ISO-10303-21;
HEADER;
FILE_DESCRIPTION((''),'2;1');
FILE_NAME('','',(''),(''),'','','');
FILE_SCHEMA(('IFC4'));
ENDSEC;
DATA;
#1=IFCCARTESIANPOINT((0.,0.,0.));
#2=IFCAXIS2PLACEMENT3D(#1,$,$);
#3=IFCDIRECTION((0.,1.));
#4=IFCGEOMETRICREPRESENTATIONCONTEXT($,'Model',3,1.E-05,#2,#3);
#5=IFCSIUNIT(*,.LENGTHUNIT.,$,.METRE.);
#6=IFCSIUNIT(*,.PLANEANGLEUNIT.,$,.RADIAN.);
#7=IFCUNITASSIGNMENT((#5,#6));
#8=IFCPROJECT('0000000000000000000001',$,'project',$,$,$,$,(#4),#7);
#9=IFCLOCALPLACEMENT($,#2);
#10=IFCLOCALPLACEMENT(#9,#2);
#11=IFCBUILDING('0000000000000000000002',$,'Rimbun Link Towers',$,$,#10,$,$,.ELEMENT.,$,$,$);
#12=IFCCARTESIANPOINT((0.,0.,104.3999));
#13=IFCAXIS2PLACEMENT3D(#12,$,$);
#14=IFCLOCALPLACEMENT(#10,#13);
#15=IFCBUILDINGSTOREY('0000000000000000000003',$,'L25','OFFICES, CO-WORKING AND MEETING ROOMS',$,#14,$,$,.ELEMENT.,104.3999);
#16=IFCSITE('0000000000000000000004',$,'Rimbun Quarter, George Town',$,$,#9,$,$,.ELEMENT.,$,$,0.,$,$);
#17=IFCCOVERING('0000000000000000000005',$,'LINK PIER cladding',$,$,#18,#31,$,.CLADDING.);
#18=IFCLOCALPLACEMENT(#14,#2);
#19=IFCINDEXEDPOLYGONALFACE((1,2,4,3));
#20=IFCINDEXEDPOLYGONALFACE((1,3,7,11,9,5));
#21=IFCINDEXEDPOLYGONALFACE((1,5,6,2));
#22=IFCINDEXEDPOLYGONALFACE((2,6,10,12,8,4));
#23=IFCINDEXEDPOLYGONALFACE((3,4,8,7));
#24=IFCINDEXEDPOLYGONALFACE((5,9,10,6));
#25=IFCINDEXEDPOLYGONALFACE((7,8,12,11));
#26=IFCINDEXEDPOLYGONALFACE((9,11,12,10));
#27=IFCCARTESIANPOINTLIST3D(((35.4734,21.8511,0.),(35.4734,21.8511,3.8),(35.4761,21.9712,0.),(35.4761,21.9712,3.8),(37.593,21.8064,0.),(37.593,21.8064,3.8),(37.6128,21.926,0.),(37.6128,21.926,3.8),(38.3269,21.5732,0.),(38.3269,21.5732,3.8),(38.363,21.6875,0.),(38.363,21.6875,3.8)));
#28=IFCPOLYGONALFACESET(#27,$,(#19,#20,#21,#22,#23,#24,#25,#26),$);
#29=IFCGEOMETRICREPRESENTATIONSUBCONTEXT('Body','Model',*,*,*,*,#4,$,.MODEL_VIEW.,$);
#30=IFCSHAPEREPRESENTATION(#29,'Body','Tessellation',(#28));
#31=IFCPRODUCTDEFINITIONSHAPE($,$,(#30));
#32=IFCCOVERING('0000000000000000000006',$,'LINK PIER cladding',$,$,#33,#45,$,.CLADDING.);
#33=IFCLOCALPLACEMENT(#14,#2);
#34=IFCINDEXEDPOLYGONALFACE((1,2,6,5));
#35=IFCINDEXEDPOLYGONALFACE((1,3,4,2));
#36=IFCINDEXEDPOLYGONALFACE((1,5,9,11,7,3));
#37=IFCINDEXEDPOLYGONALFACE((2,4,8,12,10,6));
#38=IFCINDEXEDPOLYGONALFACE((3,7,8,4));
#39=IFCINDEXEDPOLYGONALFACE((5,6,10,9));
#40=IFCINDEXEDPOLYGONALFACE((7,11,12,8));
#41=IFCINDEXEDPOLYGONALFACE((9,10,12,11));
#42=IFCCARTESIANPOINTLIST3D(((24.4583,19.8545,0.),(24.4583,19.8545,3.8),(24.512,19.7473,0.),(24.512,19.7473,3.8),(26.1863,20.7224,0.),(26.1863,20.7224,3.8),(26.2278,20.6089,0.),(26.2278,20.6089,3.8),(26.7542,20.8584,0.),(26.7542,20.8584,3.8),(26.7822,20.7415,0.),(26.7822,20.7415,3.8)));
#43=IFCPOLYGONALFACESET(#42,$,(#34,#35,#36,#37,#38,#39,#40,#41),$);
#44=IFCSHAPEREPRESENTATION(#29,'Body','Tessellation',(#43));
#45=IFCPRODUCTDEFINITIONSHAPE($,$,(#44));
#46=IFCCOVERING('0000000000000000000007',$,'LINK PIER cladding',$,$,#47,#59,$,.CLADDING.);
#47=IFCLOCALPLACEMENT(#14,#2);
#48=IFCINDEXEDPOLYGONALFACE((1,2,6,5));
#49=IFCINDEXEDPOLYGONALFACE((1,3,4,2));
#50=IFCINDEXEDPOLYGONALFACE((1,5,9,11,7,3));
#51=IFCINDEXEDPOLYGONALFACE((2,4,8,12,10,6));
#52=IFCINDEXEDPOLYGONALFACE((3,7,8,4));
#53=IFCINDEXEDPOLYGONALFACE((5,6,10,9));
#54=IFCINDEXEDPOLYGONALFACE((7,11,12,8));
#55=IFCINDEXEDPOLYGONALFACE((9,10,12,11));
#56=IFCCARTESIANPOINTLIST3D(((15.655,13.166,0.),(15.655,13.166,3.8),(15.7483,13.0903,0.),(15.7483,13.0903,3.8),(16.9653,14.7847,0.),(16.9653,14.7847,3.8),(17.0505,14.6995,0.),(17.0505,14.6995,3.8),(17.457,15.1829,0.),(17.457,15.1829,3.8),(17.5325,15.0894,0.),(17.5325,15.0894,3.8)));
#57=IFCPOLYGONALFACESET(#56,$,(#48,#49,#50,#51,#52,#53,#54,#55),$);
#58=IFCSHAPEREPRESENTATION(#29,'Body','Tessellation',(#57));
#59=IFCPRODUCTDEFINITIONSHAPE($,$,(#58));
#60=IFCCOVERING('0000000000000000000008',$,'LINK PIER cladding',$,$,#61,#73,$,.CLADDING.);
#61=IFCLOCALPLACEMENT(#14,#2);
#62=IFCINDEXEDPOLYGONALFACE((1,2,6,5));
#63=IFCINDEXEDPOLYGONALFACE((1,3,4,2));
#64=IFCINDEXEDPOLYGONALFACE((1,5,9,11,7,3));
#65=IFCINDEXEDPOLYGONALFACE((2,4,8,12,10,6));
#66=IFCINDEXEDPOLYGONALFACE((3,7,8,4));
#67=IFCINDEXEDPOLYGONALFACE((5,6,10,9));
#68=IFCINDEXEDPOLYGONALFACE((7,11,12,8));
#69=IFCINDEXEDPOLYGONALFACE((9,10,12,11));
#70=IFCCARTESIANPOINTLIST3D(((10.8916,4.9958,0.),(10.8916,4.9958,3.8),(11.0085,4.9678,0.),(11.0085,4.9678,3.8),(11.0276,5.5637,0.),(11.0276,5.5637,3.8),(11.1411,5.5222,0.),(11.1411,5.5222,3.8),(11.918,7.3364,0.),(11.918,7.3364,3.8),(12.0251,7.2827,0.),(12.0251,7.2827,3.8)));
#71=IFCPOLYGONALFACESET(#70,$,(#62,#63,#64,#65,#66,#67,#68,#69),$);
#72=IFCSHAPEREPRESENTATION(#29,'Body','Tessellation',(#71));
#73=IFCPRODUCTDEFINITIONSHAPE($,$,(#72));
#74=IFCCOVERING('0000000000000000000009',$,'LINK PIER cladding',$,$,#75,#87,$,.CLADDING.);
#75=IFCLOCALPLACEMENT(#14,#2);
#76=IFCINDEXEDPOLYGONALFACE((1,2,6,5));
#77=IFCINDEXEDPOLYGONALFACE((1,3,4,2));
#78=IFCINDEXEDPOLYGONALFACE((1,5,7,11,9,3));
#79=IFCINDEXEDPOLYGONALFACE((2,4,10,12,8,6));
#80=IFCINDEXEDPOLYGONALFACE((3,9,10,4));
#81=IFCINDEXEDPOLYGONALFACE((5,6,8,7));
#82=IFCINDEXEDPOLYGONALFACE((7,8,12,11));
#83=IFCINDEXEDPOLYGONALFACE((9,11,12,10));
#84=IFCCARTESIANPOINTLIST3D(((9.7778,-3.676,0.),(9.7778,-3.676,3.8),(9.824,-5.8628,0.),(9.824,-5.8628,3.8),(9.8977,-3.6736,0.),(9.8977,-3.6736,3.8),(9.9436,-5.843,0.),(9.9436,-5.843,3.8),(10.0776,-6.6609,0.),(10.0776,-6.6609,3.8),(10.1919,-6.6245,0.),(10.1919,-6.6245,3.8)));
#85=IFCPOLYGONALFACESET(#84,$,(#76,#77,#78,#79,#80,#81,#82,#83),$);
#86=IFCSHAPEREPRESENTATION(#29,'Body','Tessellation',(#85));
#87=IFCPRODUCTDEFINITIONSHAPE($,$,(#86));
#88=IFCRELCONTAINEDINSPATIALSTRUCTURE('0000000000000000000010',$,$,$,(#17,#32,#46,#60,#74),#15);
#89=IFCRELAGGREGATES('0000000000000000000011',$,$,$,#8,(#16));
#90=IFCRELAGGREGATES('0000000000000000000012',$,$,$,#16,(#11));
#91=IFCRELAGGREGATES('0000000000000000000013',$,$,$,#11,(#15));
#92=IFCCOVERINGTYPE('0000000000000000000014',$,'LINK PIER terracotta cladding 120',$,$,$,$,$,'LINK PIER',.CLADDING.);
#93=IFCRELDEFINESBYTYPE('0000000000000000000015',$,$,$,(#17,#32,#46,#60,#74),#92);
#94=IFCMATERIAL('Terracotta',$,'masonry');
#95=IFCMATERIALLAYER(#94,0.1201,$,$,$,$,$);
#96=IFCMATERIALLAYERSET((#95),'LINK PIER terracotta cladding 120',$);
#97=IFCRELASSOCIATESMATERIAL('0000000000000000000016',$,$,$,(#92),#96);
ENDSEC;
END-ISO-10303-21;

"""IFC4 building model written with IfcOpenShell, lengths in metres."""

from ifc_helpers import new_model, si_unit, direction, frame, origin, place, context, subcontext, project, spatial, polyline, outline, extrude, material, layer, layer_set, type_object, element, save


model = new_model("IFC4")

# Units and contexts
model_context = context("Model", 3, precision=1e-05, world=origin(), true_north=direction((0.0, 1.0)))
body_context = subcontext(model_context, "Body", "Model", "MODEL_VIEW")
ifc_project = project(units=[si_unit("LENGTHUNIT", "METRE"), si_unit("PLANEANGLEUNIT", "RADIAN")], contexts=[model_context])

# Site, building, storey
site_placement = place(None, origin())
site = spatial("IfcSite", under=ifc_project, at=site_placement, Name="Rimbun Quarter, George Town", CompositionType="ELEMENT", RefElevation=0.0)
building_placement = place(site_placement, origin())
building = spatial("IfcBuilding", under=site, at=building_placement, Name="Rimbun Link Towers", CompositionType="ELEMENT")
storey_placement = place(building_placement, frame((0.0, 0.0, 104.3999)))
storey = spatial("IfcBuildingStorey", under=building, at=storey_placement, Name="L25", Description="OFFICES, CO-WORKING AND MEETING ROOMS", CompositionType="ELEMENT", Elevation=104.3999)

# Coverings
ifc_material_1 = material(Name="Terracotta", Category="masonry")
ifc_layer_1 = layer(ifc_material_1, 0.1201)
ifc_layer_set_1 = layer_set([ifc_layer_1], Name="LINK PIER terracotta cladding 120")
covering_type_1 = type_object("IfcCoveringType", Name="LINK PIER terracotta cladding 120", ElementType="LINK PIER", PredefinedType="CLADDING", material=ifc_layer_set_1)
covering_1_placement = place(storey_placement, origin())
element("IfcCovering", 1, at=covering_1_placement, inside=storey, type_object=covering_type_1, Name="LINK PIER cladding", PredefinedType="CLADDING", context=body_context, shape_type="SweptSolid", body=[
    extrude(outline(polyline([(35.4734, 21.8511), (37.593, 21.8064), (38.3269, 21.5732), (38.363, 21.6875), (37.6128, 21.926), (35.4761, 21.9712), (35.4734, 21.8511)])), origin(), (0.0, 0.0, 1.0), 3.8),
])
covering_2_placement = place(storey_placement, origin())
element("IfcCovering", 2, at=covering_2_placement, inside=storey, type_object=covering_type_1, Name="LINK PIER cladding", PredefinedType="CLADDING", context=body_context, shape_type="SweptSolid", body=[
    extrude(outline(polyline([(24.512, 19.7473), (26.2278, 20.6089), (26.7822, 20.7415), (26.7542, 20.8584), (26.1863, 20.7224), (24.4583, 19.8545), (24.512, 19.7473)])), origin(), (0.0, 0.0, 1.0), 3.8),
])
covering_3_placement = place(storey_placement, origin())
element("IfcCovering", 3, at=covering_3_placement, inside=storey, type_object=covering_type_1, Name="LINK PIER cladding", PredefinedType="CLADDING", context=body_context, shape_type="SweptSolid", body=[
    extrude(outline(polyline([(15.7483, 13.0903), (17.0505, 14.6995), (17.5325, 15.0894), (17.457, 15.1829), (16.9653, 14.7847), (15.655, 13.166), (15.7483, 13.0903)])), origin(), (0.0, 0.0, 1.0), 3.8),
])
covering_4_placement = place(storey_placement, origin())
element("IfcCovering", 4, at=covering_4_placement, inside=storey, type_object=covering_type_1, Name="LINK PIER cladding", PredefinedType="CLADDING", context=body_context, shape_type="SweptSolid", body=[
    extrude(outline(polyline([(11.0085, 4.9678), (11.1411, 5.5222), (12.0251, 7.2827), (11.918, 7.3364), (11.0276, 5.5637), (10.8916, 4.9958), (11.0085, 4.9678)])), origin(), (0.0, 0.0, 1.0), 3.8),
])
covering_5_placement = place(storey_placement, origin())
element("IfcCovering", 5, at=covering_5_placement, inside=storey, type_object=covering_type_1, Name="LINK PIER cladding", PredefinedType="CLADDING", context=body_context, shape_type="SweptSolid", body=[
    extrude(outline(polyline([(10.1919, -6.6245), (9.9436, -5.843), (9.8977, -3.6736), (9.7778, -3.676), (9.824, -5.8628), (10.0776, -6.6609), (10.1919, -6.6245)])), origin(), (0.0, 0.0, 1.0), 3.8),
])

save(model, "model.ifc")
